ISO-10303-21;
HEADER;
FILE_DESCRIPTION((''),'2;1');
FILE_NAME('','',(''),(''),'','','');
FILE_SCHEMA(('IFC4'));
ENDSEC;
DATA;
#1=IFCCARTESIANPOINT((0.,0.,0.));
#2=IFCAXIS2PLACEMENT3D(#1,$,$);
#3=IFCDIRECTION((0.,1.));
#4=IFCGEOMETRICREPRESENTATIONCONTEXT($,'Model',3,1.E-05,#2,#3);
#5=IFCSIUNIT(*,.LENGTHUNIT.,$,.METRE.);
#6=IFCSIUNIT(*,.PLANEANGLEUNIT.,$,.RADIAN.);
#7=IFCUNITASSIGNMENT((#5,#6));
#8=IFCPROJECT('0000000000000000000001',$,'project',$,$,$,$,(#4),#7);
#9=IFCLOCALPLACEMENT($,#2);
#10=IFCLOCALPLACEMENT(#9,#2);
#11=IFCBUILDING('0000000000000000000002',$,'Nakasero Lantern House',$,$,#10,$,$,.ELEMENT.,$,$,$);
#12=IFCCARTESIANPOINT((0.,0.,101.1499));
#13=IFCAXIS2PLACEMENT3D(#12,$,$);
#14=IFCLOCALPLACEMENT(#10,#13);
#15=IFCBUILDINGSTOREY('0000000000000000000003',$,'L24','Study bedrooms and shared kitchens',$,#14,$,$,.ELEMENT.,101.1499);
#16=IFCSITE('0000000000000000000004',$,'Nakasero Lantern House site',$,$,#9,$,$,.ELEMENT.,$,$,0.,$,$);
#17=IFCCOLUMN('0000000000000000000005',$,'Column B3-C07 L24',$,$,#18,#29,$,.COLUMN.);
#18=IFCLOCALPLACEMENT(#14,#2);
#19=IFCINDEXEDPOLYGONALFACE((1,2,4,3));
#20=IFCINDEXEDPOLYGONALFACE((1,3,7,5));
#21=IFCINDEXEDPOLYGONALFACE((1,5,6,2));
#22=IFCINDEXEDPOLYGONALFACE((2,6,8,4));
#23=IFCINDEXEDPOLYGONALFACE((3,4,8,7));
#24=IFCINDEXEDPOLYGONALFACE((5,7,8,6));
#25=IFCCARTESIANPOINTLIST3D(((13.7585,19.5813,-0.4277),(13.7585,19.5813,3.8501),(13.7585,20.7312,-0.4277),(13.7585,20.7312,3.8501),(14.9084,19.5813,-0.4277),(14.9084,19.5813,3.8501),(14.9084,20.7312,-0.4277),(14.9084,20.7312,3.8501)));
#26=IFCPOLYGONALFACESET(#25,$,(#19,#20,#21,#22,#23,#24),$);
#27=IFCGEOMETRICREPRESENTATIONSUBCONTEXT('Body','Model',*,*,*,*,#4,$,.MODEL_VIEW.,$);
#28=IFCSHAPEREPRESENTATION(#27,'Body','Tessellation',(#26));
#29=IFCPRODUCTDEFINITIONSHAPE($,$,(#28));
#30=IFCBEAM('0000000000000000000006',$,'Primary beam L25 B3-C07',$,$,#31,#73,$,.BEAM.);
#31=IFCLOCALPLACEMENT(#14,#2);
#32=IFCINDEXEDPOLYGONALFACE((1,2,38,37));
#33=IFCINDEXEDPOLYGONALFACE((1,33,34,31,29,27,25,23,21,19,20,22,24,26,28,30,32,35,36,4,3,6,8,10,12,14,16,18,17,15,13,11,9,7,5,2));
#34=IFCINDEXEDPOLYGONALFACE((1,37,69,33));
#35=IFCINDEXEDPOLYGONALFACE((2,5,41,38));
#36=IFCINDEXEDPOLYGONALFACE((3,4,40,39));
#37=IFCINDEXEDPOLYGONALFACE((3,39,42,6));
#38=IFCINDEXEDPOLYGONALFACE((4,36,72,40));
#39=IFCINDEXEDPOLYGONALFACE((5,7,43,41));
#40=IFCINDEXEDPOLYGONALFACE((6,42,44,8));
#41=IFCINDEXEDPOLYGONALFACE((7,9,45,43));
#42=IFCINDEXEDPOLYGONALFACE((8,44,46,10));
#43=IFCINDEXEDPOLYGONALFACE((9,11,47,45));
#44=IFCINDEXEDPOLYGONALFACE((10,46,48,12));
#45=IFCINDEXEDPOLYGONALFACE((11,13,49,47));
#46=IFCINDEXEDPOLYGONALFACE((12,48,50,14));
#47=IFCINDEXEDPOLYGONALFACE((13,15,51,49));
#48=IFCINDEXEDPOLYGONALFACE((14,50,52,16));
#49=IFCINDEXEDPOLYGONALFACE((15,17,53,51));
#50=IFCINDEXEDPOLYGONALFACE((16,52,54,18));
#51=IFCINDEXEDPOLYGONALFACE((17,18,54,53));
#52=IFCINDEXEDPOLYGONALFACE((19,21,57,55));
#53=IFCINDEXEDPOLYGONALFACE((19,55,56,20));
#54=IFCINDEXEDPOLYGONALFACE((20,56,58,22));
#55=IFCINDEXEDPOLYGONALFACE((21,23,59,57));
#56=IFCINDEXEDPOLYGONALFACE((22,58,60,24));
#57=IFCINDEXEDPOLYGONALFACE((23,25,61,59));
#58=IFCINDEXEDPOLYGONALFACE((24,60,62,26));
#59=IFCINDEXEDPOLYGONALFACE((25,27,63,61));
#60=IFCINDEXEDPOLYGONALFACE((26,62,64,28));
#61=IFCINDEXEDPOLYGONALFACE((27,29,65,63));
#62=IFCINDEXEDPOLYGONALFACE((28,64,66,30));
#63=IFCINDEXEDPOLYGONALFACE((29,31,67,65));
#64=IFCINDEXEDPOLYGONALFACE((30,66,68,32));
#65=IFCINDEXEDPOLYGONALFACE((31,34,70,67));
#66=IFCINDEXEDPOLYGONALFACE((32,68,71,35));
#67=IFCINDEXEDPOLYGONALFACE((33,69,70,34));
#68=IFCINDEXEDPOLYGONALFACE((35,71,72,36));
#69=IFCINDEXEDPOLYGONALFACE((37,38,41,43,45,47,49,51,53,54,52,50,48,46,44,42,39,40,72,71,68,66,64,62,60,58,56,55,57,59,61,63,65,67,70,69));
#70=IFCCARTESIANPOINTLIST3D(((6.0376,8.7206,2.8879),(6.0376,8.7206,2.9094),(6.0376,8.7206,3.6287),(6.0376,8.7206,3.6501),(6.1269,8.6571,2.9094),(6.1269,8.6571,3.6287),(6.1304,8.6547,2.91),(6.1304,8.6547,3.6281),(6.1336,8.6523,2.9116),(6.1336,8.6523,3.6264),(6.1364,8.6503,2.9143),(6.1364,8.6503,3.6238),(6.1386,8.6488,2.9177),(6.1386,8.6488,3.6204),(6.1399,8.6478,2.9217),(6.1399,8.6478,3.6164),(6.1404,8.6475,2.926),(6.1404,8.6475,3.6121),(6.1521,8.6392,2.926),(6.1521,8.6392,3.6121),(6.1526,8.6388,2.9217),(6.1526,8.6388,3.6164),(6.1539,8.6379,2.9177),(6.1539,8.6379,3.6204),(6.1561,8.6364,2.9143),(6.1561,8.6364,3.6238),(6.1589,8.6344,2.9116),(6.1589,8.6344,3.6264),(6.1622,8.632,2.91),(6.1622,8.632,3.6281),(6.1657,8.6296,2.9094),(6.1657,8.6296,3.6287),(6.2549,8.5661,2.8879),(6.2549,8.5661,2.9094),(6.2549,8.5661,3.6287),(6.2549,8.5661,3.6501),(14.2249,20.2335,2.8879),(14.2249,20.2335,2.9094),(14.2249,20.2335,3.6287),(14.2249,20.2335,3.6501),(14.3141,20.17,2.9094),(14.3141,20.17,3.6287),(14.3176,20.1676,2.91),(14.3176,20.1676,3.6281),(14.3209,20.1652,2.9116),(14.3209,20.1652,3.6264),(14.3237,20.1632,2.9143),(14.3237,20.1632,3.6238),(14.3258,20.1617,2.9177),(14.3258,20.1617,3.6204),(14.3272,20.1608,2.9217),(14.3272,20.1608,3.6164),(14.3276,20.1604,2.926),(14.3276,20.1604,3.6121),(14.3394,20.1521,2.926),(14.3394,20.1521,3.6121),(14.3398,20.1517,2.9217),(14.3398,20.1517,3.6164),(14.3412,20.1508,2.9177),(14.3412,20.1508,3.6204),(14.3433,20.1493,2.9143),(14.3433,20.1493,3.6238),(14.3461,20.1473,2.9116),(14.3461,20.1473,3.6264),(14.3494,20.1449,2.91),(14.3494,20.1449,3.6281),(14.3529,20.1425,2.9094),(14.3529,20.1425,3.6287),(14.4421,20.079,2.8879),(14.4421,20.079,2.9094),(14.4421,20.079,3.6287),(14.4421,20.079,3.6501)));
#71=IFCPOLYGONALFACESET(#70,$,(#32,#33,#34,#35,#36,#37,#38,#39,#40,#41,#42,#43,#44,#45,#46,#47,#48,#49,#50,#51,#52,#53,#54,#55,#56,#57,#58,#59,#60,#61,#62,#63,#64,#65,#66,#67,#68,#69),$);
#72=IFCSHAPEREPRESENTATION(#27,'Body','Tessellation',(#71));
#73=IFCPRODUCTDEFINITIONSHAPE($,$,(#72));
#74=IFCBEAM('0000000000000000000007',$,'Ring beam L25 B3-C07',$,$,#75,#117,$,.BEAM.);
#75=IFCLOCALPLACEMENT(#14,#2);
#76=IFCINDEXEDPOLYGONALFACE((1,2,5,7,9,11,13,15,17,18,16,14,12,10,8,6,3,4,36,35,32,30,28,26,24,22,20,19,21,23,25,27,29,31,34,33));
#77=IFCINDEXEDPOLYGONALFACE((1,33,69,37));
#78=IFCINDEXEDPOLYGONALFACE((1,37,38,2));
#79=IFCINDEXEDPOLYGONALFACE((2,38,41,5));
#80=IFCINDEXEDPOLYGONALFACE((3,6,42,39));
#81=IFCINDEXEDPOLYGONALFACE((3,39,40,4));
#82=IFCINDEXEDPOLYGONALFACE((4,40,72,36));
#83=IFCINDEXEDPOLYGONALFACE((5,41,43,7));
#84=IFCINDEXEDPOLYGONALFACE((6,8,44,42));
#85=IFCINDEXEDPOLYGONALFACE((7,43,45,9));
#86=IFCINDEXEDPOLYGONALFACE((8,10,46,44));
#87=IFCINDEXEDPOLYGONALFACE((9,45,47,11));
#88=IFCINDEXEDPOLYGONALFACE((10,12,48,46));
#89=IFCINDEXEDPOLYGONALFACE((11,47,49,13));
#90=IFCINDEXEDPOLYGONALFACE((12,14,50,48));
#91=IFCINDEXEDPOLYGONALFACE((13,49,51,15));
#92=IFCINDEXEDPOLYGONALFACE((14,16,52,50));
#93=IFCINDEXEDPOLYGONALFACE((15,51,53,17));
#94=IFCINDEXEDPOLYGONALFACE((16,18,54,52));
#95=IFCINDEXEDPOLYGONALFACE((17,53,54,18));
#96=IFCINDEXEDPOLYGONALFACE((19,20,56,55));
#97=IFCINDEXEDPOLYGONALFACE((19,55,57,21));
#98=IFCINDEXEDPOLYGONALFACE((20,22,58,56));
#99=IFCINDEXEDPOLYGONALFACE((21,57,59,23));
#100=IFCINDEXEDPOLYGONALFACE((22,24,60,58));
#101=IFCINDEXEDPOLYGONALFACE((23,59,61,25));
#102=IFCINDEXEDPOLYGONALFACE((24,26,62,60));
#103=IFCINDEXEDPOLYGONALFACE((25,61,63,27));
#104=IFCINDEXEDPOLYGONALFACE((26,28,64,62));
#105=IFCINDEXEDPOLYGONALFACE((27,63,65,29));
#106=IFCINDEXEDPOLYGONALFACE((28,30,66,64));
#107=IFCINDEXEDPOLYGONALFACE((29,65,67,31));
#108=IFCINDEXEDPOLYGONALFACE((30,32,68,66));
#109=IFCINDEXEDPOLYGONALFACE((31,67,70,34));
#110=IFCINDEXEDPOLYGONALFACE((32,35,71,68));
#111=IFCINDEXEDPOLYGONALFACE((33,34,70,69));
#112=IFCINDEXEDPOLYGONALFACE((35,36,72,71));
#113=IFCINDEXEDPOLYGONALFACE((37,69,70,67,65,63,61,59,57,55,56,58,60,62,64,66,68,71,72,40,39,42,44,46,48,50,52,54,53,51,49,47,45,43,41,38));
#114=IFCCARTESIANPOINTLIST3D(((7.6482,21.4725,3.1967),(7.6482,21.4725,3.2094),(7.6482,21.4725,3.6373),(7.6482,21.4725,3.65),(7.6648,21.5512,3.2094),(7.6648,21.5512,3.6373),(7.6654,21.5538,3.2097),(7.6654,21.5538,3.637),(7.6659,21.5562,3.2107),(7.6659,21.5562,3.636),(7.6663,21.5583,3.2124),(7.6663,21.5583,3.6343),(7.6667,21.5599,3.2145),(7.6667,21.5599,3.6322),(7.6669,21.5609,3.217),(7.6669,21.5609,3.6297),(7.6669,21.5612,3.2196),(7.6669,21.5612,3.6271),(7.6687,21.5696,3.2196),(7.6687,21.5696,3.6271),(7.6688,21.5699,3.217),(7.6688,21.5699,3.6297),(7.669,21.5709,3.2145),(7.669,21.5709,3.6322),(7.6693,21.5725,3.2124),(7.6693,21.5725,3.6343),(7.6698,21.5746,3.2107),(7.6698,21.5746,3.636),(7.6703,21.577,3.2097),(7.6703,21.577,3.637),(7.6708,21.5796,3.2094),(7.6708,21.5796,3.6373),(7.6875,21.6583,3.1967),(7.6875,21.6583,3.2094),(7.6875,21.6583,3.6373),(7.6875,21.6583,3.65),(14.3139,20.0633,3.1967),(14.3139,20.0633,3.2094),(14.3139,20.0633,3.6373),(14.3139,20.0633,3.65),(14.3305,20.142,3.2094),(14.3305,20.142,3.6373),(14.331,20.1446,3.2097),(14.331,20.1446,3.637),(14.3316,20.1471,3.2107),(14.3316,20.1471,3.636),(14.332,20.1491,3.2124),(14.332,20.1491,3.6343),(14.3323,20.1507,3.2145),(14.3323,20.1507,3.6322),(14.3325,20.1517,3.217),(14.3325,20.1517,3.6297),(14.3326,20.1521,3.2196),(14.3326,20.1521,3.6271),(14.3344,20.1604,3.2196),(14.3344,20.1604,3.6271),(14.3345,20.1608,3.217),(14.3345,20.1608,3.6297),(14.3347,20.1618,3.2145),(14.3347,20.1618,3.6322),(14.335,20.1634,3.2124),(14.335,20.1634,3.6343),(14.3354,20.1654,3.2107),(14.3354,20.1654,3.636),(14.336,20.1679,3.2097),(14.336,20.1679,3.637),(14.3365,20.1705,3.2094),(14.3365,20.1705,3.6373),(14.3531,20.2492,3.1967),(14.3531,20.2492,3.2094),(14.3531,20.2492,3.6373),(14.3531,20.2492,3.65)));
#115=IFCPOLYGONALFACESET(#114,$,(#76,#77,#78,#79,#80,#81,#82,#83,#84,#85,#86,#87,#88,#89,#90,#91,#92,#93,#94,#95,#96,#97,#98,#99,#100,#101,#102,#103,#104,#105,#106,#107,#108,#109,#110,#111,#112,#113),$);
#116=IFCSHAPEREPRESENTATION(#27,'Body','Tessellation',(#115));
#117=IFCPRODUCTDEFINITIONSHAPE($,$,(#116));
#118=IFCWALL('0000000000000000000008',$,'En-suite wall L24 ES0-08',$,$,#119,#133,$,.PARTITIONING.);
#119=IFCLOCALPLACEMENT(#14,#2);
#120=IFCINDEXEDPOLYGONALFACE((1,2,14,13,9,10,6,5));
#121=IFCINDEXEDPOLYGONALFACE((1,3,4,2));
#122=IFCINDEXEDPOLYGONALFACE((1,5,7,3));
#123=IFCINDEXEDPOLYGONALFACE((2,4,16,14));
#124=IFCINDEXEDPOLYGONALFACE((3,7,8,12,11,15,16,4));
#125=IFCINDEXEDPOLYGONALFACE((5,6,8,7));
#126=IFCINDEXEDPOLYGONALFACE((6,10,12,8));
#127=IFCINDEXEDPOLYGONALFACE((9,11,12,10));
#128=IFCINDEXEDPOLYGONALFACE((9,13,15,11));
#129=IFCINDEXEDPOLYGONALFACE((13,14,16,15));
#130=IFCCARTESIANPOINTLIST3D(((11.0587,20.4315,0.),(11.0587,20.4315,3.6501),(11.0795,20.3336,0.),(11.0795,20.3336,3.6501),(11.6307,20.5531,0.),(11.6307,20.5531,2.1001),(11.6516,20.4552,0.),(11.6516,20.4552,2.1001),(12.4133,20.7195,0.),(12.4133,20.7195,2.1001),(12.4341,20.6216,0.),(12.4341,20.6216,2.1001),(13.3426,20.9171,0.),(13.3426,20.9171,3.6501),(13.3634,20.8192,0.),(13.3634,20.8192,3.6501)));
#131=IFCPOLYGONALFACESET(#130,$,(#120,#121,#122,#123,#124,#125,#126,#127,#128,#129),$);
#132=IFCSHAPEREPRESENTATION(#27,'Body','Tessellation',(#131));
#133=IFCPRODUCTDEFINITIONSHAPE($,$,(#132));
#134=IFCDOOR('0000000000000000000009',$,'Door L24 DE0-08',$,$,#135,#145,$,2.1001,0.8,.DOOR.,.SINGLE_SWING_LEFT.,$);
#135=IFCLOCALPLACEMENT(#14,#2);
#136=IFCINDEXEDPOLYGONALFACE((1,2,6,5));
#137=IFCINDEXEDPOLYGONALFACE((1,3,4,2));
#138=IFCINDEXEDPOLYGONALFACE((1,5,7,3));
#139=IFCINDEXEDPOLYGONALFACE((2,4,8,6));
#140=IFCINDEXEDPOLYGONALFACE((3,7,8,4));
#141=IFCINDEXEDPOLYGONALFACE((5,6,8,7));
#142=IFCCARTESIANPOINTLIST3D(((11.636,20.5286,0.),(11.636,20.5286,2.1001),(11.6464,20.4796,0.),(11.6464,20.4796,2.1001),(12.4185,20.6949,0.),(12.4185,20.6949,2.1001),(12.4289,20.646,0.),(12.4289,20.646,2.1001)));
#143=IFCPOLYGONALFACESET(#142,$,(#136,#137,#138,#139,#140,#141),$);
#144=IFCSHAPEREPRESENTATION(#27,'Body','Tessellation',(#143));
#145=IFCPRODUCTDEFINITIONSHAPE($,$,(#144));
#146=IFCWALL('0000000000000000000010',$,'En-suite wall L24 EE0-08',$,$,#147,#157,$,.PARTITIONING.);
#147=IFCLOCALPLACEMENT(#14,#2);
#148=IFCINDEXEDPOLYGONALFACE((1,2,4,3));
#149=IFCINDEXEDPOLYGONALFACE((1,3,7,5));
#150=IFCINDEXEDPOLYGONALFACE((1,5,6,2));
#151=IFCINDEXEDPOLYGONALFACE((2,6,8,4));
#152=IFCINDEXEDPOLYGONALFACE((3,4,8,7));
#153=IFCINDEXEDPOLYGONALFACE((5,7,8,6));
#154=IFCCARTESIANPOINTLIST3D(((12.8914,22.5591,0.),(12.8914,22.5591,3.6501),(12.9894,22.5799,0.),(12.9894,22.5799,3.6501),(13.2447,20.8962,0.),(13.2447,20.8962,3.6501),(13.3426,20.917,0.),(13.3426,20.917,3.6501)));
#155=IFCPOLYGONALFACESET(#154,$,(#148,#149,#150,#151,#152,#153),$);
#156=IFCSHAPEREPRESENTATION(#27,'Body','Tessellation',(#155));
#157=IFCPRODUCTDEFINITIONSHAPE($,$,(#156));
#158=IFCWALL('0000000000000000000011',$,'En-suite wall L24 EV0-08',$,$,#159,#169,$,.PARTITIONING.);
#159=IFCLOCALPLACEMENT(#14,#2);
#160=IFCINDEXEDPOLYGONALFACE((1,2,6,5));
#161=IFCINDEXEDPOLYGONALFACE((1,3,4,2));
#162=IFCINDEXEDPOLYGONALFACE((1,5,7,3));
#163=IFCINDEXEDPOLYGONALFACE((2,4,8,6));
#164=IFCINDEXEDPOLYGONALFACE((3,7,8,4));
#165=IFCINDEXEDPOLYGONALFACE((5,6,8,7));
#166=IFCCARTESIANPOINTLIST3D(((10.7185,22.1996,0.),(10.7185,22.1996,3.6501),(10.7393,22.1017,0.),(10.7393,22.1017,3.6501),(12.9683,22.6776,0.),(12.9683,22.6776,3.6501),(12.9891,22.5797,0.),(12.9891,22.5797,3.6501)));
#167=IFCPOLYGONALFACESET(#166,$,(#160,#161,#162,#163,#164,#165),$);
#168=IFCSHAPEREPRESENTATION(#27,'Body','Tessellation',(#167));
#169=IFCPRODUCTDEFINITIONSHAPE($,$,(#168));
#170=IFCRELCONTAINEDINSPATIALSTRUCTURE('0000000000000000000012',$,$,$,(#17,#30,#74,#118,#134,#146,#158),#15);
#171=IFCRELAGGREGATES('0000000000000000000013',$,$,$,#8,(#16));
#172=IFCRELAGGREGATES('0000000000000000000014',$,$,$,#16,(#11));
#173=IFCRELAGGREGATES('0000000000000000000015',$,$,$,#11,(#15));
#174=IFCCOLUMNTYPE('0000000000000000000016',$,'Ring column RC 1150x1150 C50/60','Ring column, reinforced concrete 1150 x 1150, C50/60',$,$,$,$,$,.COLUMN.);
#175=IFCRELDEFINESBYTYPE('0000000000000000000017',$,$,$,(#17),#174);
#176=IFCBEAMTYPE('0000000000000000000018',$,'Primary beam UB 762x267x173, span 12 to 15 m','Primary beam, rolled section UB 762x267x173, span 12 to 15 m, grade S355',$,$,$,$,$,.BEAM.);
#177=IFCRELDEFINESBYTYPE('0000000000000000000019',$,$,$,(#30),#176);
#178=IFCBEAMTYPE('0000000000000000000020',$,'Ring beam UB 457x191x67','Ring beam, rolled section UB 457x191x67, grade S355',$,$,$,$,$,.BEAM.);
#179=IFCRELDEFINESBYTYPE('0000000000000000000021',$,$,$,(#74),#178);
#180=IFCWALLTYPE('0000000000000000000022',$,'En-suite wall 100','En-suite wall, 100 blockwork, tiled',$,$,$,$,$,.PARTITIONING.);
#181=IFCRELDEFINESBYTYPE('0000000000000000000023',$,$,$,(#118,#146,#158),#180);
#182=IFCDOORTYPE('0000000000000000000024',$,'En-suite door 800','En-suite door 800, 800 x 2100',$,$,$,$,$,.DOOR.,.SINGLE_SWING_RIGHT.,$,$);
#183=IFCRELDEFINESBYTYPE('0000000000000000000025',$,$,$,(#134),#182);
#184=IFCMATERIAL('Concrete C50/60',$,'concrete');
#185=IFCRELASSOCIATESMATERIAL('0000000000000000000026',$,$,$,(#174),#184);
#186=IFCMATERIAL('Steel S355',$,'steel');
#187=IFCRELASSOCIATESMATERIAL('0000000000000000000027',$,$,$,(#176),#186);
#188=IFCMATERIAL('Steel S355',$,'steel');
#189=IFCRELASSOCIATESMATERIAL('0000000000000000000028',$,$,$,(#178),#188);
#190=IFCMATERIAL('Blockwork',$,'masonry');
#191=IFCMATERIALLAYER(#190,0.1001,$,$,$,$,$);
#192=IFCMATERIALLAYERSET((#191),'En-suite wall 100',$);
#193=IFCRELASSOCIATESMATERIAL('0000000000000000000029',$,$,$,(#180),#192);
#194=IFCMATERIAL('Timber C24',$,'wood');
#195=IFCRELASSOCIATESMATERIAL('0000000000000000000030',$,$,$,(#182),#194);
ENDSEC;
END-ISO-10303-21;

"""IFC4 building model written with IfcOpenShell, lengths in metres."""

from ifc_helpers import new_model, si_unit, direction, frame, frame_2d, origin, origin_2d, place, context, subcontext, project, spatial, rectangle, i_section, extrude, material, layer, layer_set, material_profile, profile_set, type_object, element, fill, save


model = new_model("IFC4")

# Units and contexts
model_context = context("Model", 3, precision=1e-05, world=origin(), true_north=direction((0.0, 1.0)))
body_context = subcontext(model_context, "Body", "Model", "MODEL_VIEW")
ifc_project = project(units=[si_unit("LENGTHUNIT", "METRE"), si_unit("PLANEANGLEUNIT", "RADIAN")], contexts=[model_context])

# Site, building, storey
site_placement = place(None, origin())
site = spatial("IfcSite", under=ifc_project, at=site_placement, Name="Nakasero Lantern House site", CompositionType="ELEMENT", RefElevation=0.0)
building_placement = place(site_placement, origin())
building = spatial("IfcBuilding", under=site, at=building_placement, Name="Nakasero Lantern House", CompositionType="ELEMENT")
storey_placement = place(building_placement, frame((0.0, 0.0, 101.1499)))
storey = spatial("IfcBuildingStorey", under=building, at=storey_placement, Name="L24", Description="Study bedrooms and shared kitchens", CompositionType="ELEMENT", Elevation=101.1499)

# Column
ifc_material_1 = material(Name="Concrete C50/60", Category="concrete")
ifc_material_profile_1 = material_profile(ifc_material_1, rectangle(XDim=1.1499, YDim=1.1499, at=origin_2d()), Name="RC 1150x1150")
ifc_profile_set_1 = profile_set([ifc_material_profile_1], Name="Concrete C50/60")
column_type = type_object("IfcColumnType", Name="Ring column RC 1150x1150 C50/60", Description="Ring column, reinforced concrete 1150 x 1150, C50/60", PredefinedType="COLUMN", material=ifc_profile_set_1)
column_placement = place(storey_placement, frame((14.3335, 20.1562, -0.4277), z_axis=(0.0, 0.0, 1.0), x_axis=(1.0, 0.0, 0.0)))
element("IfcColumn", 1, at=column_placement, inside=storey, type_object=column_type, Name="Column B3-C07 L24", PredefinedType="COLUMN", context=body_context, shape_type="SweptSolid", body=[
    extrude(rectangle(XDim=1.1499, YDim=1.1499, at=origin_2d()), origin(), (0.0, 0.0, 1.0), 4.2778),
])

# Beams
ifc_material_2 = material(Name="Steel S355", Category="steel")
ifc_material_profile_2 = material_profile(ifc_material_2, i_section(OverallWidth=0.2666, OverallDepth=0.7622, WebThickness=0.0144, FlangeThickness=0.0215, FilletRadius=0.0166, at=origin_2d()), Name="UB 762x267x173")
ifc_profile_set_2 = profile_set([ifc_material_profile_2], Name="Steel S355")
beam_type_1 = type_object("IfcBeamType", Name="Primary beam UB 762x267x173, span 12 to 15 m", Description="Primary beam, rolled section UB 762x267x173, span 12 to 15 m, grade S355", PredefinedType="BEAM", material=ifc_profile_set_2)
beam_1_placement = place(storey_placement, frame((14.3335, 20.1562, 3.269), z_axis=(-0.579537, -0.814946, 0.0), x_axis=(0.814946, -0.579537, 0.0)))
element("IfcBeam", 2, at=beam_1_placement, inside=storey, type_object=beam_type_1, Name="Primary beam L25 B3-C07", PredefinedType="BEAM", context=body_context, shape_type="SweptSolid", body=[
    extrude(i_section(OverallWidth=0.2666, OverallDepth=0.7622, WebThickness=0.0144, FlangeThickness=0.0215, FilletRadius=0.0166, at=origin_2d()), origin(), (0.0, 0.0, 1.0), 14.1272),
])
ifc_material_3 = material(Name="Steel S355", Category="steel")
ifc_material_profile_3 = material_profile(ifc_material_3, i_section(OverallWidth=0.1899, OverallDepth=0.4534, WebThickness=0.0085, FlangeThickness=0.0127, FilletRadius=0.0103, at=origin_2d()), Name="UB 457x191x67")
ifc_profile_set_3 = profile_set([ifc_material_profile_3], Name="Steel S355")
beam_type_2 = type_object("IfcBeamType", Name="Ring beam UB 457x191x67", Description="Ring beam, rolled section UB 457x191x67, grade S355", PredefinedType="BEAM", material=ifc_profile_set_3)
beam_2_placement = place(storey_placement, frame((14.3335, 20.1562, 3.4233), z_axis=(-0.978376, 0.206834, 0.0), x_axis=(-0.206834, -0.978376, 0.0)))
element("IfcBeam", 3, at=beam_2_placement, inside=storey, type_object=beam_type_2, Name="Ring beam L25 B3-C07", PredefinedType="BEAM", context=body_context, shape_type="SweptSolid", body=[
    extrude(i_section(OverallWidth=0.1899, OverallDepth=0.4534, WebThickness=0.0085, FlangeThickness=0.0127, FilletRadius=0.0103, at=origin_2d()), origin(), (0.0, 0.0, 1.0), 6.813),
])

# Wall, opening, door
ifc_material_4 = material(Name="Blockwork", Category="masonry")
ifc_layer_1 = layer(ifc_material_4, 0.1001)
ifc_layer_set_1 = layer_set([ifc_layer_1], Name="En-suite wall 100")
wall_type_1 = type_object("IfcWallType", Name="En-suite wall 100", Description="En-suite wall, 100 blockwork, tiled", PredefinedType="PARTITIONING", material=ifc_layer_set_1)
wall_1_placement = place(storey_placement, frame((11.0691, 20.3826, 0.0), z_axis=(0.0, 0.0, 1.0), x_axis=(0.978136, 0.207965, 0.0)))
wall_1 = element("IfcWall", 4, at=wall_1_placement, inside=storey, type_object=wall_type_1, Name="En-suite wall L24 ES0-08", PredefinedType="PARTITIONING", context=body_context, shape_type="SweptSolid", body=[
    extrude(rectangle(XDim=2.335, YDim=0.1001, at=frame_2d((1.1675, 0.0))), origin(), (0.0, 0.0, 1.0), 3.6501),
])
opening_1_placement = place(wall_1_placement, frame((0.585, 0.0, 0.0)))
opening_1 = element("IfcOpeningElement", 5, at=opening_1_placement, cuts=wall_1, PredefinedType="OPENING", context=body_context, shape_type="SweptSolid", body=[
    extrude(rectangle(XDim=0.8, YDim=2.1001, at=frame_2d((0.3999, 1.05))), frame((0.0, 0.0701, 0.0), z_axis=(0.0, -1.0, 0.0), x_axis=(1.0, 0.0, 0.0)), (0.0, 0.0, 1.0), 0.1401),
])
ifc_material_5 = material(Name="Timber C24", Category="wood")
door_type_1 = type_object("IfcDoorType", Name="En-suite door 800", Description="En-suite door 800, 800 x 2100", OperationType="SINGLE_SWING_RIGHT", PredefinedType="DOOR", material=ifc_material_5)
door_1_placement = place(opening_1_placement, origin())
door_1 = element("IfcDoor", 6, at=door_1_placement, inside=storey, type_object=door_type_1, Name="Door L24 DE0-08", OperationType="SINGLE_SWING_LEFT", OverallHeight=2.1001, OverallWidth=0.8, PredefinedType="DOOR", context=body_context, shape_type="SweptSolid", body=[
    extrude(rectangle(XDim=0.8, YDim=2.1001, at=frame_2d((0.3999, 1.05))), frame((0.0, 0.0249, 0.0), z_axis=(0.0, -1.0, 0.0), x_axis=(1.0, 0.0, 0.0)), (0.0, 0.0, 1.0), 0.05),
])
fill(opening_1, door_1)

# Walls
wall_2_placement = place(storey_placement, frame((13.2937, 20.9065, 0.0), z_axis=(0.0, 0.0, 1.0), x_axis=(-0.207812, 0.978169, 0.0)))
element("IfcWall", 7, at=wall_2_placement, inside=storey, type_object=wall_type_1, Name="En-suite wall L24 EE0-08", PredefinedType="PARTITIONING", context=body_context, shape_type="SweptSolid", body=[
    extrude(rectangle(XDim=1.7, YDim=0.1001, at=frame_2d((0.8501, 0.0))), origin(), (0.0, 0.0, 1.0), 3.6501),
])
wall_3_placement = place(storey_placement, frame((10.729, 22.1506, 0.0), z_axis=(0.0, 0.0, 1.0), x_axis=(0.978163, 0.20784, 0.0)))
element("IfcWall", 8, at=wall_3_placement, inside=storey, type_object=wall_type_1, Name="En-suite wall L24 EV0-08", PredefinedType="PARTITIONING", context=body_context, shape_type="SweptSolid", body=[
    extrude(rectangle(XDim=2.3, YDim=0.1001, at=frame_2d((1.1499, 0.0))), origin(), (0.0, 0.0, 1.0), 3.6501),
])

save(model, "model.ifc")
